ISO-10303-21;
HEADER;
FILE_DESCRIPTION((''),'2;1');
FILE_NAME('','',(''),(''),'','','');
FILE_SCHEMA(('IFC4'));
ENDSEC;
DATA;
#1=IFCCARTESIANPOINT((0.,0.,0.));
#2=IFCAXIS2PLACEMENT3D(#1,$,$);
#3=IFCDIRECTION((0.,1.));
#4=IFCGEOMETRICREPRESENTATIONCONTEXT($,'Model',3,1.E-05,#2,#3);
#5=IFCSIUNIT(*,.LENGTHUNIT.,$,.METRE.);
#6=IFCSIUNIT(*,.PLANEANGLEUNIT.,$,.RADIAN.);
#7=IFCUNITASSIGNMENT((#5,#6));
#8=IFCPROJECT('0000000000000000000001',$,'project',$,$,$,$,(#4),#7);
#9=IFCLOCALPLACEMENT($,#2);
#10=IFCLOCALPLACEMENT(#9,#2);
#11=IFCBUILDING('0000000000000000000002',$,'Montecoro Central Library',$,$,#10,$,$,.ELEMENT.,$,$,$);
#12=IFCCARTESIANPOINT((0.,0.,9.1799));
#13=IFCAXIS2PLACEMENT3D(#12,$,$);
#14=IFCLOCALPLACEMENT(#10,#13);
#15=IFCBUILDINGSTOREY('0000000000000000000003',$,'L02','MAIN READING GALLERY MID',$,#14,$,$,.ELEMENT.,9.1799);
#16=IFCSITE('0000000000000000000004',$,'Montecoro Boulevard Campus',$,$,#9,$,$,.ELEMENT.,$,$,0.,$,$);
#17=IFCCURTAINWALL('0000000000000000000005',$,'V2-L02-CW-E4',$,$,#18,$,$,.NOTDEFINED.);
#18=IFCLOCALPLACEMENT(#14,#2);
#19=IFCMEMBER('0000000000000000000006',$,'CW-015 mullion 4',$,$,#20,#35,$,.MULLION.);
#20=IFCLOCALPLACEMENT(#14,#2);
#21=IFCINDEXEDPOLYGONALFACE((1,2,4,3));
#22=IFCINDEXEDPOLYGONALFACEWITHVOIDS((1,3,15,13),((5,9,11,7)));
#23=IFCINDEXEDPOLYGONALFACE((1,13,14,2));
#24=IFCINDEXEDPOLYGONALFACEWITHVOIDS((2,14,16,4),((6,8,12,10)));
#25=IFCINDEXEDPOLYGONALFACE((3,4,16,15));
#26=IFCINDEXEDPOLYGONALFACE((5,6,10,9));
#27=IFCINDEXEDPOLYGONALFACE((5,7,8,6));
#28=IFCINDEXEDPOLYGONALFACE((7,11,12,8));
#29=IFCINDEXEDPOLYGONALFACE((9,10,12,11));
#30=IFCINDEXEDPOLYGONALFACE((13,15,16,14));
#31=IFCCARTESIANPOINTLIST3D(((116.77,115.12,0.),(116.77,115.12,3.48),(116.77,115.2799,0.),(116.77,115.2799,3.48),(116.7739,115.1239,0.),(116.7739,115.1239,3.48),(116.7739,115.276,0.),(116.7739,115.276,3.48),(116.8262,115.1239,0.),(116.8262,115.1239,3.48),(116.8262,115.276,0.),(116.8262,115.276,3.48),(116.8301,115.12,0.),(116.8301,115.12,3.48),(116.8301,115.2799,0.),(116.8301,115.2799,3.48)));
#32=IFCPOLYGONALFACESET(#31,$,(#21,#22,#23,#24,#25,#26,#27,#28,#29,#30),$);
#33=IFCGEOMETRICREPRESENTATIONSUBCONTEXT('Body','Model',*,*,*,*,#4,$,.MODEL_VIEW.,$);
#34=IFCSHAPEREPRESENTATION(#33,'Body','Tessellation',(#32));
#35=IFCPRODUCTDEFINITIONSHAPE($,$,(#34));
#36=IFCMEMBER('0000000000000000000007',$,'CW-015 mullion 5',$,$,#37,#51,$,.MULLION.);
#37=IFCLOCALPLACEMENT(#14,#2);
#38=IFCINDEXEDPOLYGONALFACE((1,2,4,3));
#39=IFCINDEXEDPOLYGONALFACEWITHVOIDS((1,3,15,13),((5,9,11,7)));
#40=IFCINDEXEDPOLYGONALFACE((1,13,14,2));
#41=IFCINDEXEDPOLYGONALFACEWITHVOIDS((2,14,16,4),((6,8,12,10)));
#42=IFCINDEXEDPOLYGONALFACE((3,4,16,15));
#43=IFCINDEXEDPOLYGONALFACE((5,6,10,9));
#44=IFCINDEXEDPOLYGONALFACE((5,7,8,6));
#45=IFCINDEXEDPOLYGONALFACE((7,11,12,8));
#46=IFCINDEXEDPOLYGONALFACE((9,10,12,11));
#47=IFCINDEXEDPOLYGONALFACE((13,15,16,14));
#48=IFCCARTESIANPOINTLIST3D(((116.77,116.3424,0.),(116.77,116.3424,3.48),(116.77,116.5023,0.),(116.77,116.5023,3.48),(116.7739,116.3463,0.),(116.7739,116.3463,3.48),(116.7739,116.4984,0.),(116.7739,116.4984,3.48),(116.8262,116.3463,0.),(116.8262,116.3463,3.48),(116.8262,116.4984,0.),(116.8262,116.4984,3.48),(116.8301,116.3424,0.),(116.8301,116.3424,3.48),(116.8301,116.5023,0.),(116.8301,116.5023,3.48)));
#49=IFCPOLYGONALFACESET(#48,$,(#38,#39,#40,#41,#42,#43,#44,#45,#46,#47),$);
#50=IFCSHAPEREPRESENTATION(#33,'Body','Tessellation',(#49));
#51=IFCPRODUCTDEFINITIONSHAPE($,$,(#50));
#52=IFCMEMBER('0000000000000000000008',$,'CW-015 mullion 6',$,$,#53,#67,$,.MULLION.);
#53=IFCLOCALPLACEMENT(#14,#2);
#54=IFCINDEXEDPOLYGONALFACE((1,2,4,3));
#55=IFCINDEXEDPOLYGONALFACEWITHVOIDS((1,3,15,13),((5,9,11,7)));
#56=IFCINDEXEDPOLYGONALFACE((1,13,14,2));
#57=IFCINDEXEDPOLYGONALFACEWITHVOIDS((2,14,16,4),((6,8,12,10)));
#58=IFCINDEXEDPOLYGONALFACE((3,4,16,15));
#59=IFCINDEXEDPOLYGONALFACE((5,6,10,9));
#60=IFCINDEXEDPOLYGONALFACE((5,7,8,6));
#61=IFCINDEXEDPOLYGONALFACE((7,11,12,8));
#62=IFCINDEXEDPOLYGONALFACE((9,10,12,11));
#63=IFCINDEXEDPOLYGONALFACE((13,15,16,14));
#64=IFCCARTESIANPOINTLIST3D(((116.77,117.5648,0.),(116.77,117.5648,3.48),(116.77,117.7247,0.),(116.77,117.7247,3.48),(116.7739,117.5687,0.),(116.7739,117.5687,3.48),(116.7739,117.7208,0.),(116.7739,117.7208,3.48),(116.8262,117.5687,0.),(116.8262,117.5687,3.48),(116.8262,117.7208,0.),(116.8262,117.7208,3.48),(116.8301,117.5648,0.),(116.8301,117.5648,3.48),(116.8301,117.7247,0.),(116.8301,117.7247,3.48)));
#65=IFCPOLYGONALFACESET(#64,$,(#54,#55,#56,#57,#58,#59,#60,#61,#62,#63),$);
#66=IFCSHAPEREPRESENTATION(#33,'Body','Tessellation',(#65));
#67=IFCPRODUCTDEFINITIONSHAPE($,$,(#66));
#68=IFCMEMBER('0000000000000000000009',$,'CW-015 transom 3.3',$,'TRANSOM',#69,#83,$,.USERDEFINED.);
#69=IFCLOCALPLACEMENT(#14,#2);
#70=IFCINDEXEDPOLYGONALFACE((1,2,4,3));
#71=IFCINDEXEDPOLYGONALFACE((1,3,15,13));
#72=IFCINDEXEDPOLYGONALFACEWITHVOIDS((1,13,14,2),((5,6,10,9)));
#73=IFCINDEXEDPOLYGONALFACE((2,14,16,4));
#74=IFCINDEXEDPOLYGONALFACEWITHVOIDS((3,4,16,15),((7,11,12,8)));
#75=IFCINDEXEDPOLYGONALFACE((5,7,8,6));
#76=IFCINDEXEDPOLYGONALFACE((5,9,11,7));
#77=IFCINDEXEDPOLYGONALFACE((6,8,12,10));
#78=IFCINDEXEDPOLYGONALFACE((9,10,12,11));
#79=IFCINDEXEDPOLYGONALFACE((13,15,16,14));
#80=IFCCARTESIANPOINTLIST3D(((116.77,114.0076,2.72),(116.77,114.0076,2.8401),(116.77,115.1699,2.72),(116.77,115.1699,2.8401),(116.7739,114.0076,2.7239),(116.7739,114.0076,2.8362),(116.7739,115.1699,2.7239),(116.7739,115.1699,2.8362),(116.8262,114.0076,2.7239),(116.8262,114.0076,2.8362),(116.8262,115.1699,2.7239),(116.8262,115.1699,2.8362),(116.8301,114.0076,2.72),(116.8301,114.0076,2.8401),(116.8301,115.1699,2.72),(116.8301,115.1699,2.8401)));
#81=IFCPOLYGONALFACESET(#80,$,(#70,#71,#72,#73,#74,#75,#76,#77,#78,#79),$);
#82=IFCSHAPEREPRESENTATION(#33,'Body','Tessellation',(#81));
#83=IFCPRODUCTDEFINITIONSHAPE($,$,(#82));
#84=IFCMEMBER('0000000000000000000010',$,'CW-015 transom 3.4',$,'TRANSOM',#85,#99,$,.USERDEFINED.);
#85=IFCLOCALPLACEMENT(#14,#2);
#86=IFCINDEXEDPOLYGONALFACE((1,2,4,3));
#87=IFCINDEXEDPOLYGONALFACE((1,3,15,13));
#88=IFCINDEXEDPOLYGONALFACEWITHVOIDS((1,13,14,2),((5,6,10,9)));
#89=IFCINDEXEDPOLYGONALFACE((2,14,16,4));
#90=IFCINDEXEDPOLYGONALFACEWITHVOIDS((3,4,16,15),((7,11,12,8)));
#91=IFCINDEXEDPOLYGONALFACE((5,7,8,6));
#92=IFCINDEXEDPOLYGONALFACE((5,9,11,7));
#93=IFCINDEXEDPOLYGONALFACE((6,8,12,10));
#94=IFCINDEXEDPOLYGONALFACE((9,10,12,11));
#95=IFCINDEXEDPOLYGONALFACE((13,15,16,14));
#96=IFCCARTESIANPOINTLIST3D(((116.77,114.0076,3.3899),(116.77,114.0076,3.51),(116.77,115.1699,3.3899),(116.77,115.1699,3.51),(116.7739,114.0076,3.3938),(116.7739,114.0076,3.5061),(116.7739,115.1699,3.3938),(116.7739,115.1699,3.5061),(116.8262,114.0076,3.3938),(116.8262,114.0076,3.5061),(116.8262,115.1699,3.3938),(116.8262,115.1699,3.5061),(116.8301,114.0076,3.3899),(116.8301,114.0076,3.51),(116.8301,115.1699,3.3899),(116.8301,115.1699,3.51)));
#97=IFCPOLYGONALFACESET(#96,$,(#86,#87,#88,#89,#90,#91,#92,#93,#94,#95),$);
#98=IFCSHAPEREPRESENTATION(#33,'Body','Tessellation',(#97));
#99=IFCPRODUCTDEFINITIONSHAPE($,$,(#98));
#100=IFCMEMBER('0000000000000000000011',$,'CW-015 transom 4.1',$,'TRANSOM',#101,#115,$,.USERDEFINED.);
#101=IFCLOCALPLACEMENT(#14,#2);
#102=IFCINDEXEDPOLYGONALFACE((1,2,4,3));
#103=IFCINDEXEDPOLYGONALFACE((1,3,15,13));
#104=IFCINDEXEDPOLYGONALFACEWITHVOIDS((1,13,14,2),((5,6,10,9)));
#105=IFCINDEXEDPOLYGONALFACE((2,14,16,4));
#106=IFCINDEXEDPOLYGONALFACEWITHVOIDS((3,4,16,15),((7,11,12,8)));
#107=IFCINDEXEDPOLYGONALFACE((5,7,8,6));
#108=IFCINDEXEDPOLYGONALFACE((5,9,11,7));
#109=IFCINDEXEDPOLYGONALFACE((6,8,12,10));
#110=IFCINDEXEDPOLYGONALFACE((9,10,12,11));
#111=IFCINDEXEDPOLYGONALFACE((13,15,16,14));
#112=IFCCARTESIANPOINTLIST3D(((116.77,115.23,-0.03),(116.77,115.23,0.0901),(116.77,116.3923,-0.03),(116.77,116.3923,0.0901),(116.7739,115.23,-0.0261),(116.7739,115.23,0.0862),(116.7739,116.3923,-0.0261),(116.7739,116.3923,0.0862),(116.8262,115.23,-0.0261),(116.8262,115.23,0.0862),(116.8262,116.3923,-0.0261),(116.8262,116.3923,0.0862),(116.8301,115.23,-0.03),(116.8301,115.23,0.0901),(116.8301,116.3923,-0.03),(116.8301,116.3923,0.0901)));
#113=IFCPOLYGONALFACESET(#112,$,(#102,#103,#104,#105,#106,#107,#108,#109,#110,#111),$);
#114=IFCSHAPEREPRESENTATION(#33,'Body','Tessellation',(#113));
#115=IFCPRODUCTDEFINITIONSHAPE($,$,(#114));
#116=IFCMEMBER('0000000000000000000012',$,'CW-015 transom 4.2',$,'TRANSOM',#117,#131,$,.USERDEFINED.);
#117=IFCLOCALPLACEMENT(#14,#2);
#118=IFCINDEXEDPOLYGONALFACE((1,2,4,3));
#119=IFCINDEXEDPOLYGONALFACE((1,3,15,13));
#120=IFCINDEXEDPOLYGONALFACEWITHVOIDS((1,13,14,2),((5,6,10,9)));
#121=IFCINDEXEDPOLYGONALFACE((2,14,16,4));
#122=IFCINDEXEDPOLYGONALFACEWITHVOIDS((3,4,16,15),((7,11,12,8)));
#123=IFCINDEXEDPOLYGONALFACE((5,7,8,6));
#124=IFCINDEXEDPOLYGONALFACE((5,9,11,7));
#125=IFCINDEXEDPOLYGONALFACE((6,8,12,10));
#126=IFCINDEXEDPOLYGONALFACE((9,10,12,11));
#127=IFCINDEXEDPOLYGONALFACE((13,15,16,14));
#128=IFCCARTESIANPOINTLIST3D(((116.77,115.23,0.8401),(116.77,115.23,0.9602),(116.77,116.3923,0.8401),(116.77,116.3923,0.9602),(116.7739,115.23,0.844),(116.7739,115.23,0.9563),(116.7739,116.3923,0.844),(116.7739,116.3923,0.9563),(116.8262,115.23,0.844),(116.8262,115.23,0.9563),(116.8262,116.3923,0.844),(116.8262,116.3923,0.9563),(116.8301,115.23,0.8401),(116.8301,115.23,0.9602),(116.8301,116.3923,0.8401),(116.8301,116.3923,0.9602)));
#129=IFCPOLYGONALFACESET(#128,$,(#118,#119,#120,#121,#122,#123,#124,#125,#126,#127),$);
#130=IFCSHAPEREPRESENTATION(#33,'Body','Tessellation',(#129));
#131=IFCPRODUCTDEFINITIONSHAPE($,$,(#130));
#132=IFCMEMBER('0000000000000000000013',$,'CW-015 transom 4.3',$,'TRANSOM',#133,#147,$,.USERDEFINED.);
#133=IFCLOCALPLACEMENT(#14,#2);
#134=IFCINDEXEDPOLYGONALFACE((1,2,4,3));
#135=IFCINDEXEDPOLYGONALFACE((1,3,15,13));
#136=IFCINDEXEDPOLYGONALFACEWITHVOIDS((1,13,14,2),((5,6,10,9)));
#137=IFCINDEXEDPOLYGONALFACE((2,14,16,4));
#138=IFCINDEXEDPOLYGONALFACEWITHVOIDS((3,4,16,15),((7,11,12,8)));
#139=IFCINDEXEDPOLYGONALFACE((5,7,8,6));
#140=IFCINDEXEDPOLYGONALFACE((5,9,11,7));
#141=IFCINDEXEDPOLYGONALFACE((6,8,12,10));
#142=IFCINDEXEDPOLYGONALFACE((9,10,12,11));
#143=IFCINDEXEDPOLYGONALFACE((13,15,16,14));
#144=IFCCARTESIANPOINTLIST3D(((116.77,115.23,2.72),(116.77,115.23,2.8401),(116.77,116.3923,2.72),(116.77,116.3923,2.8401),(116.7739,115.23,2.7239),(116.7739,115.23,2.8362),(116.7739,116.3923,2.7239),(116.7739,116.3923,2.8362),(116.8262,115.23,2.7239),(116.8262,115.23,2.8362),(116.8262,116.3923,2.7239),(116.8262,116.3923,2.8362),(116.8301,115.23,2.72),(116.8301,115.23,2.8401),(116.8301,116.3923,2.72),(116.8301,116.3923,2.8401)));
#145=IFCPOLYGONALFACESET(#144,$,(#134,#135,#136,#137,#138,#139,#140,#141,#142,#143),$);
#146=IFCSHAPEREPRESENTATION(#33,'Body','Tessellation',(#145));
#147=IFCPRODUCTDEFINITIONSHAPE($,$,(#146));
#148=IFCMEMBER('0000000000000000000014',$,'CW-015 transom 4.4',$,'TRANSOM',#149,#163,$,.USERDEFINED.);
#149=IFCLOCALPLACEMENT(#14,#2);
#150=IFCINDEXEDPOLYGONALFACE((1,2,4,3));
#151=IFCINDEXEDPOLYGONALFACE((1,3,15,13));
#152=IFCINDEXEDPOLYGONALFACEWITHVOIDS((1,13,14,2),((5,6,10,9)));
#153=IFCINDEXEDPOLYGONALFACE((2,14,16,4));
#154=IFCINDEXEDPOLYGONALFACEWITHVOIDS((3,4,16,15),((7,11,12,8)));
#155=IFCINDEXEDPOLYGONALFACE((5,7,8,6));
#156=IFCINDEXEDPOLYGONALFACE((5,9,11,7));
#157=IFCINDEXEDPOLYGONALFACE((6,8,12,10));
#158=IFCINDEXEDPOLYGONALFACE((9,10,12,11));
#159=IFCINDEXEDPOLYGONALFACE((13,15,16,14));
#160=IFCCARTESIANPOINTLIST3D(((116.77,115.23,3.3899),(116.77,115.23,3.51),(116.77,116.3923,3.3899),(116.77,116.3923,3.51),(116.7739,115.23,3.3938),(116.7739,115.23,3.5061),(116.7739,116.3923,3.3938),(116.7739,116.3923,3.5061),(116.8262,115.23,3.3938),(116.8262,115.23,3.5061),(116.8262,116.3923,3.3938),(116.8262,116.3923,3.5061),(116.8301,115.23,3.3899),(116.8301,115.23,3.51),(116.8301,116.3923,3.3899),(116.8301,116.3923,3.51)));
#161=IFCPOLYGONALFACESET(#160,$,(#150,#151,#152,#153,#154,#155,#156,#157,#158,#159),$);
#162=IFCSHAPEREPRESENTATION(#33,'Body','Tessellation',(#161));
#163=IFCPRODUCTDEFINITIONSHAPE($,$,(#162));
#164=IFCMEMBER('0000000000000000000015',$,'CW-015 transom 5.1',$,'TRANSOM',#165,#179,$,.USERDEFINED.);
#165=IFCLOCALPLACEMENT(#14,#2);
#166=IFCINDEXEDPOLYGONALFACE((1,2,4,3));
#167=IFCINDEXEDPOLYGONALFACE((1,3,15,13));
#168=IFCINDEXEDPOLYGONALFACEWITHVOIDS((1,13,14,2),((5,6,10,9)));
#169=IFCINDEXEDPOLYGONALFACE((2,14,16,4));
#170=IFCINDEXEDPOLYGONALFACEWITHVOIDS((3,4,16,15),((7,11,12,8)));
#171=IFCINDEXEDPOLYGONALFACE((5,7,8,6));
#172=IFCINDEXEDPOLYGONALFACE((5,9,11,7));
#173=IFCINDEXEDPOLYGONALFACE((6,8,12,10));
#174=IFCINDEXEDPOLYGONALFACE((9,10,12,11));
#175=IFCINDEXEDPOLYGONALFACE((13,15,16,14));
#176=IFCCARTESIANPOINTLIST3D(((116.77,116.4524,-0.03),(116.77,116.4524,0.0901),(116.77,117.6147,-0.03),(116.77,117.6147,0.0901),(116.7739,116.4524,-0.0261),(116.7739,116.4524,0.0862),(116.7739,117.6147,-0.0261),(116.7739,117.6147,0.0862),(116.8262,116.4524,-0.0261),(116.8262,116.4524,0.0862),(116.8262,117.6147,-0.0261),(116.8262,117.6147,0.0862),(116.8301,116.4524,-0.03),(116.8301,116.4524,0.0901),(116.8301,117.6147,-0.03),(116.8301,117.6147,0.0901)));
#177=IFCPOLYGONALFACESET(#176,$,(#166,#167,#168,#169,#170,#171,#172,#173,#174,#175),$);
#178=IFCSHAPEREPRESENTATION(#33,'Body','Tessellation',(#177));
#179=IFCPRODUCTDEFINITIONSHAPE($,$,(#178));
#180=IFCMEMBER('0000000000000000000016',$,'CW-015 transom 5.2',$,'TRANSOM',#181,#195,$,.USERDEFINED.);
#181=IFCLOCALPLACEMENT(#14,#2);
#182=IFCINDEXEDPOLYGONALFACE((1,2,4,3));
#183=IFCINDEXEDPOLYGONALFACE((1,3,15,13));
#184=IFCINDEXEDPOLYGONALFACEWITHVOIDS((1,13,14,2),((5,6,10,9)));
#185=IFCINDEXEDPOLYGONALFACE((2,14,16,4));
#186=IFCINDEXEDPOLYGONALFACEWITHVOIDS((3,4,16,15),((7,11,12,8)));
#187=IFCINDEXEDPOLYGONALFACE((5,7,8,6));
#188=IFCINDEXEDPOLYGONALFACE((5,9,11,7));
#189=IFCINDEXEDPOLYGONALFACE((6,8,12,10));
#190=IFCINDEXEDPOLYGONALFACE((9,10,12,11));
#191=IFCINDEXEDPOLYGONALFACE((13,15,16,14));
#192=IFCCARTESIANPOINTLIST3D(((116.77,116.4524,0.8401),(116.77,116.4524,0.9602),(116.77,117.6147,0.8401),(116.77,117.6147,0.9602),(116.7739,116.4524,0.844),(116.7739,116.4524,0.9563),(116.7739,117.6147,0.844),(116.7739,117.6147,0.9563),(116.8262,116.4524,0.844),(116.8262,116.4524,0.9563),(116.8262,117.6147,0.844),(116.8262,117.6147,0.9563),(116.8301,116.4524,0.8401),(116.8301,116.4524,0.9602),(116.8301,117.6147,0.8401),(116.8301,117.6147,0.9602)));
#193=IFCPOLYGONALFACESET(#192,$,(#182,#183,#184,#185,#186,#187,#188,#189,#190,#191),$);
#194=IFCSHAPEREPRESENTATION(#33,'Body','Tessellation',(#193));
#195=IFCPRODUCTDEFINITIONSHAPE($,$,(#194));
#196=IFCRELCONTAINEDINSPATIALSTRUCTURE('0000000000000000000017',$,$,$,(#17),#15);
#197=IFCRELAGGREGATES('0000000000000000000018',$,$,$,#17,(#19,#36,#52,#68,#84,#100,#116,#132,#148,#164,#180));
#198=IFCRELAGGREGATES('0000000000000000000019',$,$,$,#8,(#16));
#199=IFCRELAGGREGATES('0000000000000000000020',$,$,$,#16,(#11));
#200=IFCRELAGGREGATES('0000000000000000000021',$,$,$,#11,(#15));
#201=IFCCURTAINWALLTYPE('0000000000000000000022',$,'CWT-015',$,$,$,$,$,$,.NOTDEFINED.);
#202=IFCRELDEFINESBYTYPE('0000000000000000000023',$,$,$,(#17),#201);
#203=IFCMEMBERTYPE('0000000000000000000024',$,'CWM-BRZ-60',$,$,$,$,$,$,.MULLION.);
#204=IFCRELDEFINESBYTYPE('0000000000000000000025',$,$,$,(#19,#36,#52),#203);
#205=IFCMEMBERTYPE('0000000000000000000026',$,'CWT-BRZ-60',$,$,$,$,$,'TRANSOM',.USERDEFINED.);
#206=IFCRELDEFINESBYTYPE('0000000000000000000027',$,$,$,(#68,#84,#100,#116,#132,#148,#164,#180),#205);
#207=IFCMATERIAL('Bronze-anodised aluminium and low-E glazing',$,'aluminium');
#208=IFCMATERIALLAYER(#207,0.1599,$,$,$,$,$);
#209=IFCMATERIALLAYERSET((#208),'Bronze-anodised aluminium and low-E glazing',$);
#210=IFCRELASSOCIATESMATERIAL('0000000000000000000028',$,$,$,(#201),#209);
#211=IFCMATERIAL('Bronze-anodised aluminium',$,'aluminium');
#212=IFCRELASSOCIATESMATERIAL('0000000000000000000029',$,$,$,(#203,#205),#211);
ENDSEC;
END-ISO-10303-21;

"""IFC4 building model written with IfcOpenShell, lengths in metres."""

from ifc_helpers import new_model, si_unit, direction, frame, origin, origin_2d, place, context, subcontext, project, spatial, hollow_rectangle, extrude, material, layer, layer_set, material_profile, profile_set, type_object, element, aggregate, save


model = new_model("IFC4")

# Units and contexts
model_context = context("Model", 3, precision=1e-05, world=origin(), true_north=direction((0.0, 1.0)))
body_context = subcontext(model_context, "Body", "Model", "MODEL_VIEW")
ifc_project = project(units=[si_unit("LENGTHUNIT", "METRE"), si_unit("PLANEANGLEUNIT", "RADIAN")], contexts=[model_context])

# Site, building, storey
site_placement = place(None, origin())
site = spatial("IfcSite", under=ifc_project, at=site_placement, Name="Montecoro Boulevard Campus", CompositionType="ELEMENT", RefElevation=0.0)
building_placement = place(site_placement, origin())
building = spatial("IfcBuilding", under=site, at=building_placement, Name="Montecoro Central Library", CompositionType="ELEMENT")
storey_placement = place(building_placement, frame((0.0, 0.0, 9.1799)))
storey = spatial("IfcBuildingStorey", under=building, at=storey_placement, Name="L02", Description="MAIN READING GALLERY MID", CompositionType="ELEMENT", Elevation=9.1799)

# Curtain wall, members
ifc_material_1 = material(Name="Bronze-anodised aluminium and low-E glazing", Category="aluminium")
ifc_layer_1 = layer(ifc_material_1, 0.1599)
ifc_layer_set_1 = layer_set([ifc_layer_1], Name="Bronze-anodised aluminium and low-E glazing")
curtain_wall_type = type_object("IfcCurtainWallType", Name="CWT-015", PredefinedType="NOTDEFINED", material=ifc_layer_set_1)
curtain_wall_placement = place(storey_placement, origin())
curtain_wall = element("IfcCurtainWall", 1, at=curtain_wall_placement, inside=storey, type_object=curtain_wall_type, Name="V2-L02-CW-E4", PredefinedType="NOTDEFINED")
ifc_material_2 = material(Name="Bronze-anodised aluminium", Category="aluminium")
ifc_material_profile_1 = material_profile(ifc_material_2, hollow_rectangle(XDim=0.0601, YDim=0.1599, WallThickness=0.0039, at=origin_2d()), Name="CWM 160x60x4.0")
ifc_profile_set_1 = profile_set([ifc_material_profile_1], Name="Bronze-anodised aluminium")
member_type_1 = type_object("IfcMemberType", Name="CWM-BRZ-60", PredefinedType="MULLION", material=ifc_profile_set_1)
member_1_placement = place(storey_placement, frame((116.8, 115.2, 0.0), z_axis=(0.0, 0.0, 1.0), x_axis=(-1.0, 0.0, 0.0)))
member_1 = element("IfcMember", 2, at=member_1_placement, type_object=member_type_1, Name="CW-015 mullion 4", PredefinedType="MULLION", context=body_context, shape_type="SweptSolid", body=[
    extrude(hollow_rectangle(XDim=0.0601, YDim=0.1599, WallThickness=0.0039, at=origin_2d()), origin(), (0.0, 0.0, 1.0), 3.48),
])
member_2_placement = place(storey_placement, frame((116.8, 116.4224, 0.0), z_axis=(0.0, 0.0, 1.0), x_axis=(-1.0, 0.0, 0.0)))
member_2 = element("IfcMember", 3, at=member_2_placement, type_object=member_type_1, Name="CW-015 mullion 5", PredefinedType="MULLION", context=body_context, shape_type="SweptSolid", body=[
    extrude(hollow_rectangle(XDim=0.0601, YDim=0.1599, WallThickness=0.0039, at=origin_2d()), origin(), (0.0, 0.0, 1.0), 3.48),
])
member_3_placement = place(storey_placement, frame((116.8, 117.6448, 0.0), z_axis=(0.0, 0.0, 1.0), x_axis=(-1.0, 0.0, 0.0)))
member_3 = element("IfcMember", 4, at=member_3_placement, type_object=member_type_1, Name="CW-015 mullion 6", PredefinedType="MULLION", context=body_context, shape_type="SweptSolid", body=[
    extrude(hollow_rectangle(XDim=0.0601, YDim=0.1599, WallThickness=0.0039, at=origin_2d()), origin(), (0.0, 0.0, 1.0), 3.48),
])
ifc_material_profile_2 = material_profile(ifc_material_2, hollow_rectangle(XDim=0.0601, YDim=0.1201, WallThickness=0.0039, at=origin_2d()), Name="CWT 120x60x4.0")
ifc_profile_set_2 = profile_set([ifc_material_profile_2], Name="Bronze-anodised aluminium")
member_type_2 = type_object("IfcMemberType", Name="CWT-BRZ-60", ElementType="TRANSOM", PredefinedType="USERDEFINED", material=ifc_profile_set_2)
member_4_placement = place(storey_placement, frame((116.8, 114.0076, 2.78), z_axis=(0.0, 1.0, 0.0), x_axis=(-1.0, 0.0, 0.0)))
member_4 = element("IfcMember", 5, at=member_4_placement, type_object=member_type_2, Name="CW-015 transom 3.3", ObjectType="TRANSOM", PredefinedType="USERDEFINED", context=body_context, shape_type="SweptSolid", body=[
    extrude(hollow_rectangle(XDim=0.0601, YDim=0.1201, WallThickness=0.0039, at=origin_2d()), origin(), (0.0, 0.0, 1.0), 1.1624),
])
member_5_placement = place(storey_placement, frame((116.8, 114.0076, 3.45), z_axis=(0.0, 1.0, 0.0), x_axis=(-1.0, 0.0, 0.0)))
member_5 = element("IfcMember", 6, at=member_5_placement, type_object=member_type_2, Name="CW-015 transom 3.4", ObjectType="TRANSOM", PredefinedType="USERDEFINED", context=body_context, shape_type="SweptSolid", body=[
    extrude(hollow_rectangle(XDim=0.0601, YDim=0.1201, WallThickness=0.0039, at=origin_2d()), origin(), (0.0, 0.0, 1.0), 1.1624),
])
member_6_placement = place(storey_placement, frame((116.8, 115.23, 0.03), z_axis=(0.0, 1.0, 0.0), x_axis=(-1.0, 0.0, 0.0)))
member_6 = element("IfcMember", 7, at=member_6_placement, type_object=member_type_2, Name="CW-015 transom 4.1", ObjectType="TRANSOM", PredefinedType="USERDEFINED", context=body_context, shape_type="SweptSolid", body=[
    extrude(hollow_rectangle(XDim=0.0601, YDim=0.1201, WallThickness=0.0039, at=origin_2d()), origin(), (0.0, 0.0, 1.0), 1.1624),
])
member_7_placement = place(storey_placement, frame((116.8, 115.23, 0.9001), z_axis=(0.0, 1.0, 0.0), x_axis=(-1.0, 0.0, 0.0)))
member_7 = element("IfcMember", 8, at=member_7_placement, type_object=member_type_2, Name="CW-015 transom 4.2", ObjectType="TRANSOM", PredefinedType="USERDEFINED", context=body_context, shape_type="SweptSolid", body=[
    extrude(hollow_rectangle(XDim=0.0601, YDim=0.1201, WallThickness=0.0039, at=origin_2d()), origin(), (0.0, 0.0, 1.0), 1.1624),
])
member_8_placement = place(storey_placement, frame((116.8, 115.23, 2.78), z_axis=(0.0, 1.0, 0.0), x_axis=(-1.0, 0.0, 0.0)))
member_8 = element("IfcMember", 9, at=member_8_placement, type_object=member_type_2, Name="CW-015 transom 4.3", ObjectType="TRANSOM", PredefinedType="USERDEFINED", context=body_context, shape_type="SweptSolid", body=[
    extrude(hollow_rectangle(XDim=0.0601, YDim=0.1201, WallThickness=0.0039, at=origin_2d()), origin(), (0.0, 0.0, 1.0), 1.1624),
])
member_9_placement = place(storey_placement, frame((116.8, 115.23, 3.45), z_axis=(0.0, 1.0, 0.0), x_axis=(-1.0, 0.0, 0.0)))
member_9 = element("IfcMember", 10, at=member_9_placement, type_object=member_type_2, Name="CW-015 transom 4.4", ObjectType="TRANSOM", PredefinedType="USERDEFINED", context=body_context, shape_type="SweptSolid", body=[
    extrude(hollow_rectangle(XDim=0.0601, YDim=0.1201, WallThickness=0.0039, at=origin_2d()), origin(), (0.0, 0.0, 1.0), 1.1624),
])
member_10_placement = place(storey_placement, frame((116.8, 116.4524, 0.03), z_axis=(0.0, 1.0, 0.0), x_axis=(-1.0, 0.0, 0.0)))
member_10 = element("IfcMember", 11, at=member_10_placement, type_object=member_type_2, Name="CW-015 transom 5.1", ObjectType="TRANSOM", PredefinedType="USERDEFINED", context=body_context, shape_type="SweptSolid", body=[
    extrude(hollow_rectangle(XDim=0.0601, YDim=0.1201, WallThickness=0.0039, at=origin_2d()), origin(), (0.0, 0.0, 1.0), 1.1624),
])
member_11_placement = place(storey_placement, frame((116.8, 116.4524, 0.9001), z_axis=(0.0, 1.0, 0.0), x_axis=(-1.0, 0.0, 0.0)))
member_11 = element("IfcMember", 12, at=member_11_placement, type_object=member_type_2, Name="CW-015 transom 5.2", ObjectType="TRANSOM", PredefinedType="USERDEFINED", context=body_context, shape_type="SweptSolid", body=[
    extrude(hollow_rectangle(XDim=0.0601, YDim=0.1201, WallThickness=0.0039, at=origin_2d()), origin(), (0.0, 0.0, 1.0), 1.1624),
])
aggregate(curtain_wall, [member_1, member_2, member_3, member_4, member_5, member_6, member_7, member_8, member_9, member_10, member_11])

save(model, "model.ifc")
